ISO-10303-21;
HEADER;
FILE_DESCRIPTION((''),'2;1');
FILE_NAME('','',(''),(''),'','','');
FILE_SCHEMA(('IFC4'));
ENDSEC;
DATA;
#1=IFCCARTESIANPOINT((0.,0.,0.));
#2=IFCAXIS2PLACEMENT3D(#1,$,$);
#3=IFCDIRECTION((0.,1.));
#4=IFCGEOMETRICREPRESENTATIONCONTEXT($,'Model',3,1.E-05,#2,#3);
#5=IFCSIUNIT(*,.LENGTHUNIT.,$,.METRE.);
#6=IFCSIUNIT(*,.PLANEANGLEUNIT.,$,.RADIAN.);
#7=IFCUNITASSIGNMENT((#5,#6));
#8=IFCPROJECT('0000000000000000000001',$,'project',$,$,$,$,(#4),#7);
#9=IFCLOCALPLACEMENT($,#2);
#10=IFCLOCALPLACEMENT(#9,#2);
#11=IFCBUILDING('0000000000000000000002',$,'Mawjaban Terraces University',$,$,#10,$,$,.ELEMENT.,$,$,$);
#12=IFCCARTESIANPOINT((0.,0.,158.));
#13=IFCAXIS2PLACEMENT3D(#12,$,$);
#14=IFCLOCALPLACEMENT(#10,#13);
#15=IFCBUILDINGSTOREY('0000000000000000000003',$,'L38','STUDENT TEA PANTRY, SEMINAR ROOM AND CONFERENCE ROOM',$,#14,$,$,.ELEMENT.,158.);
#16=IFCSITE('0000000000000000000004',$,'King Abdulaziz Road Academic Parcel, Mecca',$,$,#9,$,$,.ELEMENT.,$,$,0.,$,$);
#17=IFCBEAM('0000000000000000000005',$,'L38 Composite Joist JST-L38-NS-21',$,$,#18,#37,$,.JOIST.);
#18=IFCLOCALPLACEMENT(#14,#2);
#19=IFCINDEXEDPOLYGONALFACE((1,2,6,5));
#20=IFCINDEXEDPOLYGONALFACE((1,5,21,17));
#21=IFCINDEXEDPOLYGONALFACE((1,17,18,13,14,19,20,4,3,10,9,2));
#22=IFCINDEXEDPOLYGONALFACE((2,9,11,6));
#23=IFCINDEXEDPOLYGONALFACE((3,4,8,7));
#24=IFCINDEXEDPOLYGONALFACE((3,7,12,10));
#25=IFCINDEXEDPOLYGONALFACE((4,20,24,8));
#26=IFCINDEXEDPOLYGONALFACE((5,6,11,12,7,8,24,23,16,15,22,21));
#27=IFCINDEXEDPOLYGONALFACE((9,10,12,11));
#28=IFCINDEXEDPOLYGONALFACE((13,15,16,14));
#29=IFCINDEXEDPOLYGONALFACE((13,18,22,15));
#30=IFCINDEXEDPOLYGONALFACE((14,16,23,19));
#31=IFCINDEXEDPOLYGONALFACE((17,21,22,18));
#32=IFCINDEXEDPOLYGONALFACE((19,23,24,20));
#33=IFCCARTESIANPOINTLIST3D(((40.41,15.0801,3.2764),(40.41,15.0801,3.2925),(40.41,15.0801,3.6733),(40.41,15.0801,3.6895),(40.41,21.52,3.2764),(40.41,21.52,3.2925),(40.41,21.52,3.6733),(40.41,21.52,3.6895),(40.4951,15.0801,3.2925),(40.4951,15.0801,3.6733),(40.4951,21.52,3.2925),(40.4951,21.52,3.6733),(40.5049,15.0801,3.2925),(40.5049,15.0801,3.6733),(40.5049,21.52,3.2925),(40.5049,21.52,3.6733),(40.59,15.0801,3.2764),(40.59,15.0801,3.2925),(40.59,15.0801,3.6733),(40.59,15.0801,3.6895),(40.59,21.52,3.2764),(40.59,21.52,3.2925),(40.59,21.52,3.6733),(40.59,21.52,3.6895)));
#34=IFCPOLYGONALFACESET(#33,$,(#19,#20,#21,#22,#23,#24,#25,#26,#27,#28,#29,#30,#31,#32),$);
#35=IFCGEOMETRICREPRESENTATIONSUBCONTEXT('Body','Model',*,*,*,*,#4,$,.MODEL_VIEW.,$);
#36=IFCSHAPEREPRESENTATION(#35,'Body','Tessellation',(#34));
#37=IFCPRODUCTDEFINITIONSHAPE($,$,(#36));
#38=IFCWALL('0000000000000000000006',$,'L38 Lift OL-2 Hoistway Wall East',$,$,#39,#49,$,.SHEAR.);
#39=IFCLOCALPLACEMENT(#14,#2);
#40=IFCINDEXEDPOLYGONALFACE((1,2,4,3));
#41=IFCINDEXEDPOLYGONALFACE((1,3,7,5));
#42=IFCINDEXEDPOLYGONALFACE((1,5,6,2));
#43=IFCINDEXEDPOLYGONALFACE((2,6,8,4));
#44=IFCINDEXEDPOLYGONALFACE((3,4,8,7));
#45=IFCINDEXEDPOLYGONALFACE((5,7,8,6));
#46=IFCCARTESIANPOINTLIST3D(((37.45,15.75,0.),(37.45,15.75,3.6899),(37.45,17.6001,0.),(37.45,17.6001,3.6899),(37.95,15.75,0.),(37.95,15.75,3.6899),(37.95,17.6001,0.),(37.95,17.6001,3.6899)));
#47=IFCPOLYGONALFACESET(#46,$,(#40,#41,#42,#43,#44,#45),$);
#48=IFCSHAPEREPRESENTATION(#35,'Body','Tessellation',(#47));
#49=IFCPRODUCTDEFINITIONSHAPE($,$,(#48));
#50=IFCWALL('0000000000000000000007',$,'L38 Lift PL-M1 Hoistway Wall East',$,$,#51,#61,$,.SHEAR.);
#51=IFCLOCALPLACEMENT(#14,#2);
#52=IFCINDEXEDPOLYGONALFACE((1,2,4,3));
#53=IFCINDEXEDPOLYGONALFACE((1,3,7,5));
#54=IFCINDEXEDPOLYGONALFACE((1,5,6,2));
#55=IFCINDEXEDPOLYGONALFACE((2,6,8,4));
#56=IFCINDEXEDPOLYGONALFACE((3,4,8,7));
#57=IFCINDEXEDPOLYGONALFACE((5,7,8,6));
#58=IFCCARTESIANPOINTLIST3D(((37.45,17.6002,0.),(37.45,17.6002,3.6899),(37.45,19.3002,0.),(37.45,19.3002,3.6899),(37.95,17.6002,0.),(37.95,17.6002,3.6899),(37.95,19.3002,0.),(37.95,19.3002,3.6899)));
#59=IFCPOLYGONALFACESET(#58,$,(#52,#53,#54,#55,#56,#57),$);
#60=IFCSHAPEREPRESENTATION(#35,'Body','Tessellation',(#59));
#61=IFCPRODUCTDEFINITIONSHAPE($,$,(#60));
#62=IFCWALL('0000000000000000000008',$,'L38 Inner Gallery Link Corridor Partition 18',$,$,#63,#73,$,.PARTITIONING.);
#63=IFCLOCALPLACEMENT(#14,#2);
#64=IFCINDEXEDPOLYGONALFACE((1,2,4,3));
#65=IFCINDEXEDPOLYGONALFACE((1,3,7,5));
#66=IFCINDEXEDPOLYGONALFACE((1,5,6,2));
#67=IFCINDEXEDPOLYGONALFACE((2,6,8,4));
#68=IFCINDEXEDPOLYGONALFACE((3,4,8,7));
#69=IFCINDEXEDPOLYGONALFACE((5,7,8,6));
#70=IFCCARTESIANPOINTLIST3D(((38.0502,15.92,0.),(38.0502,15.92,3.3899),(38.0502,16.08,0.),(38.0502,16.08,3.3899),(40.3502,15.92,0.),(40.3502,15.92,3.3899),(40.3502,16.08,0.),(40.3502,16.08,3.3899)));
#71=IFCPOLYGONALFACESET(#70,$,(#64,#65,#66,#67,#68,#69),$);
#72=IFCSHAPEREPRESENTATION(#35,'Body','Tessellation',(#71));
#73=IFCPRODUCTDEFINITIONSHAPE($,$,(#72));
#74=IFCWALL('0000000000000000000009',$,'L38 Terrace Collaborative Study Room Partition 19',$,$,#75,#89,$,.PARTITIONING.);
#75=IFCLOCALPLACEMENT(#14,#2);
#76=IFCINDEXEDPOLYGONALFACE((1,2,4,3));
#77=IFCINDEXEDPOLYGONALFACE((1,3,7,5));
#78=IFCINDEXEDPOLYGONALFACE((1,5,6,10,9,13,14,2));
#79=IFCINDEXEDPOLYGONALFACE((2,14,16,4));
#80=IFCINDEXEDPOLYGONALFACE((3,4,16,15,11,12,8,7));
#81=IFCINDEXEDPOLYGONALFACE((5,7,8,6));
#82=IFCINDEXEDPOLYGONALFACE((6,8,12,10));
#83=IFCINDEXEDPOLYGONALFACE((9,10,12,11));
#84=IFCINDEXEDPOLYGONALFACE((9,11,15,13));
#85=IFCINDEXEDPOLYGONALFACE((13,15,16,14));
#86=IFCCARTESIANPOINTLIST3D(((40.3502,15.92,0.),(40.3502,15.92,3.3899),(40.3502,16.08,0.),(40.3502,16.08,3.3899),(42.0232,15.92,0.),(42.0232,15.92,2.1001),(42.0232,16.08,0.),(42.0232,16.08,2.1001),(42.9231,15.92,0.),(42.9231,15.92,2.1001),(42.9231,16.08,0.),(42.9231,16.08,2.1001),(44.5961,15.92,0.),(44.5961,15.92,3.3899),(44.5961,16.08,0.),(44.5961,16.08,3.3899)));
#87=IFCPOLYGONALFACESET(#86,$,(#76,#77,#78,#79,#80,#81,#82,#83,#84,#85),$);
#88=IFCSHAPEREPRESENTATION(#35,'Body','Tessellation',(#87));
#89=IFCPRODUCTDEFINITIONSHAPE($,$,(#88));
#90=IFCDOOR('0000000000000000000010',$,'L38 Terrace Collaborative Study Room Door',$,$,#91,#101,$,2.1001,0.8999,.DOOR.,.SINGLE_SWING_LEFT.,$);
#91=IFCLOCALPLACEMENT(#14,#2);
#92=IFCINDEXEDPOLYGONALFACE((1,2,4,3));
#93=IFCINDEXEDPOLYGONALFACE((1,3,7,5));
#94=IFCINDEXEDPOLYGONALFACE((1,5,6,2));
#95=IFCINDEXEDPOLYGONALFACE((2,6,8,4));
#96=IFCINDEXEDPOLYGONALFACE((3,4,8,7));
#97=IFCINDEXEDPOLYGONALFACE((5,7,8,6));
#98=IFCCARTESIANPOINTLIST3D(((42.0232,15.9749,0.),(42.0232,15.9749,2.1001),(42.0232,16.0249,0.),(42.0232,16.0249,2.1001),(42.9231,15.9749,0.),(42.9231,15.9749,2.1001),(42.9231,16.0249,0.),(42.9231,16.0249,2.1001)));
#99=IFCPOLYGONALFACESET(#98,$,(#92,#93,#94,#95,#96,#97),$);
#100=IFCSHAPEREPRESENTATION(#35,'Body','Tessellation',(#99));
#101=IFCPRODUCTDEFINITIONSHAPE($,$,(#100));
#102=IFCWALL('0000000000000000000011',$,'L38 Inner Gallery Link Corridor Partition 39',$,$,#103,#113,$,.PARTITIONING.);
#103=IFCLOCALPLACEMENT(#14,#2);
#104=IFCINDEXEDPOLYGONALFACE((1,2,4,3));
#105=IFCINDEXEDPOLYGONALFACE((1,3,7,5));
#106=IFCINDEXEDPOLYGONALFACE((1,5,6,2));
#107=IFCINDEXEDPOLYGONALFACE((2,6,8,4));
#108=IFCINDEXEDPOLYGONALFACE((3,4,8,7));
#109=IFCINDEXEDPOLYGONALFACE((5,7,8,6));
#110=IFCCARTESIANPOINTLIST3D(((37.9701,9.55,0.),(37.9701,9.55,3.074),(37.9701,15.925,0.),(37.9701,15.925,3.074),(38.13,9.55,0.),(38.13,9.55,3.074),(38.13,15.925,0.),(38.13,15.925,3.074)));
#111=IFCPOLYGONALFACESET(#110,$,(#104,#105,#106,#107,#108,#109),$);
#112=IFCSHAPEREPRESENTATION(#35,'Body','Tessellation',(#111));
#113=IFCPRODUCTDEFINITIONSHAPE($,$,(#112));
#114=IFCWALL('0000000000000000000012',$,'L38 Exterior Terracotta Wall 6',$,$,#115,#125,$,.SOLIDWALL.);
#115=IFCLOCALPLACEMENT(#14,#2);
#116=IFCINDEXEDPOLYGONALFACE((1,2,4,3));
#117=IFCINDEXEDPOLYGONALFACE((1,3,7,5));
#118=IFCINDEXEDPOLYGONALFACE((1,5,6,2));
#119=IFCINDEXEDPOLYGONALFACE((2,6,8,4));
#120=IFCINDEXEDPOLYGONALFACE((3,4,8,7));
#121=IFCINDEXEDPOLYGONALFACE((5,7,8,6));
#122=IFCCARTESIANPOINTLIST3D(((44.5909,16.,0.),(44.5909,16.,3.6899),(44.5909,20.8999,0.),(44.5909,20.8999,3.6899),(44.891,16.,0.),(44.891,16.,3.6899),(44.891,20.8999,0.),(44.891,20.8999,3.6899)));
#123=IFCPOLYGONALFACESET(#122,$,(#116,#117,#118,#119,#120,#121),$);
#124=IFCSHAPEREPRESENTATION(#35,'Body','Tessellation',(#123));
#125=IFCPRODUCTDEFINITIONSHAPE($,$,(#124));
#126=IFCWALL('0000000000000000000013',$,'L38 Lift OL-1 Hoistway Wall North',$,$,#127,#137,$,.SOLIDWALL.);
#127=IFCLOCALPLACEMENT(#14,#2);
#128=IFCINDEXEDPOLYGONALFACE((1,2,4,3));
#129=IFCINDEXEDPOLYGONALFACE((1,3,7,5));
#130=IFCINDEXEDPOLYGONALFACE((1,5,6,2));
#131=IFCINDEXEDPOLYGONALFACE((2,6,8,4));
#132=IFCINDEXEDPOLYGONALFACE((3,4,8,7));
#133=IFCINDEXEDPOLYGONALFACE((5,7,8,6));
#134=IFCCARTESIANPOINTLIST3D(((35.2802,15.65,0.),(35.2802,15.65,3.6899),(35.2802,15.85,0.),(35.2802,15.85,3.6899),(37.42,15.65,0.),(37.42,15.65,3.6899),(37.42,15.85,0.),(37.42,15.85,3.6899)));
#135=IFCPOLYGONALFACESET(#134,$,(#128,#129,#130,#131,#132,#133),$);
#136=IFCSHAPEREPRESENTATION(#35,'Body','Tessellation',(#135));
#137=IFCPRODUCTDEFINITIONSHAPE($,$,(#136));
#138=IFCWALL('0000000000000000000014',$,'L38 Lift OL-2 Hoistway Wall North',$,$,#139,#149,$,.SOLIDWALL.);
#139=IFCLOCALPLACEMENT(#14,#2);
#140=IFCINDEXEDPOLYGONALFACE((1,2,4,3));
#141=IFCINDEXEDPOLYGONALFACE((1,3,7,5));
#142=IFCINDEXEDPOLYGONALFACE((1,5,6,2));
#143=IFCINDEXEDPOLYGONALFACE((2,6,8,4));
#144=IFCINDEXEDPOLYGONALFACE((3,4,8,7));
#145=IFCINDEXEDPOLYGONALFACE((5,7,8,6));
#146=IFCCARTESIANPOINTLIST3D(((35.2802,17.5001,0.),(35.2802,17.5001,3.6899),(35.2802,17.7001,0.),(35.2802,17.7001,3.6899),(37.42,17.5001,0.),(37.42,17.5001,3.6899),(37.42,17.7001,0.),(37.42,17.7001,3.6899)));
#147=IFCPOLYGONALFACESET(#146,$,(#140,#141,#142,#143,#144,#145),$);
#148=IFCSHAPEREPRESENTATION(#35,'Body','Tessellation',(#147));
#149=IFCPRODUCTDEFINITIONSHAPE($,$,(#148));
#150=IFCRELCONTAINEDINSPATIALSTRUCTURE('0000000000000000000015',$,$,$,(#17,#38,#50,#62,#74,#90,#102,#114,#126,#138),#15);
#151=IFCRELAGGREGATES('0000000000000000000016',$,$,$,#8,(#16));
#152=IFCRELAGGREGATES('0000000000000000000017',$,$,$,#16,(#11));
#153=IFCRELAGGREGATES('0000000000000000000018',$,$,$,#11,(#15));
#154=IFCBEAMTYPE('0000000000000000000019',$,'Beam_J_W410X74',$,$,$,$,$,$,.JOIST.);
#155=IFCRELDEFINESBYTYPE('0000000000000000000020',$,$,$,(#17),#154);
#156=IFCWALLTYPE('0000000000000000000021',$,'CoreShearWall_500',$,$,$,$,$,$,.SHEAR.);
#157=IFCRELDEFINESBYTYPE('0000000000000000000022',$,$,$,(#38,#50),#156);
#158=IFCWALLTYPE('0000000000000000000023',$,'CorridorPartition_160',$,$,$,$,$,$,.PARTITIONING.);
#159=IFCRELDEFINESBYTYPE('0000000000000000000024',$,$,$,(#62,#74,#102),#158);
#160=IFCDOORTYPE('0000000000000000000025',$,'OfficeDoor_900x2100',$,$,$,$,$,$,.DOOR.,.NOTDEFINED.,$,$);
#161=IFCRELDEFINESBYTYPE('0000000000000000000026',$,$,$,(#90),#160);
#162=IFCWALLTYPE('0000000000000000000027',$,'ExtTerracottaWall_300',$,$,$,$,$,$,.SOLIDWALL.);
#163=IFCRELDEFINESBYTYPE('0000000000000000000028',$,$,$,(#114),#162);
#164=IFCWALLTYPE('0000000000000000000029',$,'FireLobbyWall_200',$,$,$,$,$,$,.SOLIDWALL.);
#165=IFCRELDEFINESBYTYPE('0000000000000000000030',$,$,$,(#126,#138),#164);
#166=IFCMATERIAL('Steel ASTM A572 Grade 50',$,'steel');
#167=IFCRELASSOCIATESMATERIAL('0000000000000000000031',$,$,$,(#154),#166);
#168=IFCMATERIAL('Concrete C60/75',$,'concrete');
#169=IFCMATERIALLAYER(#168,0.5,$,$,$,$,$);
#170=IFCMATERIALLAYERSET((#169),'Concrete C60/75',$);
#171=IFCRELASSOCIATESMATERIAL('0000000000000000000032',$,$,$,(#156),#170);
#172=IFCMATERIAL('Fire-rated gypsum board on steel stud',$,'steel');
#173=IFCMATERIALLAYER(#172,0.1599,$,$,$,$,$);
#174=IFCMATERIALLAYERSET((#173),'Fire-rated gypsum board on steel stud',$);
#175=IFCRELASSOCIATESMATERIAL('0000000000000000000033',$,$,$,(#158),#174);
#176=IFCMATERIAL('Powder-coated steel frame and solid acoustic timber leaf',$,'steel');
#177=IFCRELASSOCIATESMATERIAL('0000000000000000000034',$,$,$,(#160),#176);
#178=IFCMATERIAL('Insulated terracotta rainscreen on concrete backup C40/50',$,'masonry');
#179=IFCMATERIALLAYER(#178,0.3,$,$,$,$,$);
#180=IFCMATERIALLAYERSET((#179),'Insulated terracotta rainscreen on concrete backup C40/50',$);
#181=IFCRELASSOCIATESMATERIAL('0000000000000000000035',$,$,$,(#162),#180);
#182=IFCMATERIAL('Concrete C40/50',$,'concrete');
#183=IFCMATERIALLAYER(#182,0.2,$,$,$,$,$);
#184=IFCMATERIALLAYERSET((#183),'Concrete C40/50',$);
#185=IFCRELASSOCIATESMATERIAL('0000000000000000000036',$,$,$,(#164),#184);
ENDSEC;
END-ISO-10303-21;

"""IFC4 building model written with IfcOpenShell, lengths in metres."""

from ifc_helpers import new_model, si_unit, direction, frame, frame_2d, origin, origin_2d, place, context, subcontext, project, spatial, rectangle, i_section, extrude, material, layer, layer_set, material_profile, profile_set, type_object, element, fill, save


model = new_model("IFC4")

# Units and contexts
model_context = context("Model", 3, precision=1e-05, world=origin(), true_north=direction((0.0, 1.0)))
body_context = subcontext(model_context, "Body", "Model", "MODEL_VIEW")
ifc_project = project(units=[si_unit("LENGTHUNIT", "METRE"), si_unit("PLANEANGLEUNIT", "RADIAN")], contexts=[model_context])

# Site, building, storey
site_placement = place(None, origin())
site = spatial("IfcSite", under=ifc_project, at=site_placement, Name="King Abdulaziz Road Academic Parcel, Mecca", CompositionType="ELEMENT", RefElevation=0.0)
building_placement = place(site_placement, origin())
building = spatial("IfcBuilding", under=site, at=building_placement, Name="Mawjaban Terraces University", CompositionType="ELEMENT")
storey_placement = place(building_placement, frame((0.0, 0.0, 158.0)))
storey = spatial("IfcBuildingStorey", under=building, at=storey_placement, Name="L38", Description="STUDENT TEA PANTRY, SEMINAR ROOM AND CONFERENCE ROOM", CompositionType="ELEMENT", Elevation=158.0)

# Shared definitions
ifc_material_1 = material(Name="Concrete C60/75", Category="concrete")

# Beam
ifc_material_2 = material(Name="Steel ASTM A572 Grade 50", Category="steel")
ifc_material_profile_1 = material_profile(ifc_material_2, i_section(OverallWidth=0.1799, OverallDepth=0.4131, WebThickness=0.0098, FlangeThickness=0.0161, at=origin_2d()), Name="W410X74")
ifc_profile_set_1 = profile_set([ifc_material_profile_1], Name="Steel ASTM A572 Grade 50")
beam_type_1 = type_object("IfcBeamType", Name="Beam_J_W410X74", PredefinedType="JOIST", material=ifc_profile_set_1)
beam_1_placement = place(storey_placement, frame((40.5, 15.0801, 3.4829), z_axis=(0.0, 1.0, 0.0), x_axis=(-1.0, 0.0, 0.0)))
element("IfcBeam", 1, at=beam_1_placement, inside=storey, type_object=beam_type_1, Name="L38 Composite Joist JST-L38-NS-21", PredefinedType="JOIST", context=body_context, shape_type="SweptSolid", body=[
    extrude(i_section(OverallWidth=0.1799, OverallDepth=0.4131, WebThickness=0.0098, FlangeThickness=0.0161, at=origin_2d()), origin(), (0.0, 0.0, 1.0), 6.4399),
])

# Walls
ifc_layer_1 = layer(ifc_material_1, 0.5)
ifc_layer_set_1 = layer_set([ifc_layer_1], Name="Concrete C60/75")
wall_type_1 = type_object("IfcWallType", Name="CoreShearWall_500", PredefinedType="SHEAR", material=ifc_layer_set_1)
wall_1_placement = place(storey_placement, frame((37.7, 15.75, 0.0), z_axis=(0.0, 0.0, 1.0), x_axis=(0.0, 1.0, 0.0)))
element("IfcWall", 2, at=wall_1_placement, inside=storey, type_object=wall_type_1, Name="L38 Lift OL-2 Hoistway Wall East", PredefinedType="SHEAR", context=body_context, shape_type="SweptSolid", body=[
    extrude(rectangle(XDim=1.8501, YDim=0.5, at=frame_2d((0.925, 0.0))), origin(), (0.0, 0.0, 1.0), 3.6899),
])
wall_2_placement = place(storey_placement, frame((37.7, 17.6001, 0.0), z_axis=(0.0, 0.0, 1.0), x_axis=(0.0, 1.0, 0.0)))
element("IfcWall", 3, at=wall_2_placement, inside=storey, type_object=wall_type_1, Name="L38 Lift PL-M1 Hoistway Wall East", PredefinedType="SHEAR", context=body_context, shape_type="SweptSolid", body=[
    extrude(rectangle(XDim=1.7, YDim=0.5, at=frame_2d((0.8501, 0.0))), origin(), (0.0, 0.0, 1.0), 3.6899),
])
ifc_material_3 = material(Name="Fire-rated gypsum board on steel stud", Category="steel")
ifc_layer_2 = layer(ifc_material_3, 0.1599)
ifc_layer_set_2 = layer_set([ifc_layer_2], Name="Fire-rated gypsum board on steel stud")
wall_type_2 = type_object("IfcWallType", Name="CorridorPartition_160", PredefinedType="PARTITIONING", material=ifc_layer_set_2)
wall_3_placement = place(storey_placement, frame((40.3501, 16.0, 0.0), z_axis=(0.0, 0.0, 1.0), x_axis=(-1.0, 0.0, 0.0)))
element("IfcWall", 4, at=wall_3_placement, inside=storey, type_object=wall_type_2, Name="L38 Inner Gallery Link Corridor Partition 18", PredefinedType="PARTITIONING", context=body_context, shape_type="SweptSolid", body=[
    extrude(rectangle(XDim=2.3, YDim=0.1599, at=frame_2d((1.1499, 0.0))), origin(), (0.0, 0.0, 1.0), 3.3899),
])

# Wall, opening, door
wall_4_placement = place(storey_placement, frame((40.3501, 16.0, 0.0), z_axis=(0.0, 0.0, 1.0), x_axis=(1.0, 0.0, 0.0)))
wall_4 = element("IfcWall", 5, at=wall_4_placement, inside=storey, type_object=wall_type_2, Name="L38 Terrace Collaborative Study Room Partition 19", PredefinedType="PARTITIONING", context=body_context, shape_type="SweptSolid", body=[
    extrude(rectangle(XDim=4.2458, YDim=0.1599, at=frame_2d((2.123, 0.0))), origin(), (0.0, 0.0, 1.0), 3.3899),
])
opening_placement = place(wall_4_placement, frame((1.6731, 0.0, 0.0)))
opening = element("IfcOpeningElement", 6, at=opening_placement, cuts=wall_4, PredefinedType="OPENING", context=body_context, shape_type="SweptSolid", body=[
    extrude(rectangle(XDim=0.8999, YDim=2.1001, at=frame_2d((0.45, 1.05))), frame((0.0, 0.0898, 0.0), z_axis=(0.0, -1.0, 0.0), x_axis=(1.0, 0.0, 0.0)), (0.0, 0.0, 1.0), 0.1799),
])
ifc_material_4 = material(Name="Powder-coated steel frame and solid acoustic timber leaf", Category="steel")
door_type = type_object("IfcDoorType", Name="OfficeDoor_900x2100", OperationType="NOTDEFINED", PredefinedType="DOOR", material=ifc_material_4)
door_placement = place(opening_placement, origin())
door = element("IfcDoor", 7, at=door_placement, inside=storey, type_object=door_type, Name="L38 Terrace Collaborative Study Room Door", OperationType="SINGLE_SWING_LEFT", OverallHeight=2.1001, OverallWidth=0.8999, PredefinedType="DOOR", context=body_context, shape_type="SweptSolid", body=[
    extrude(rectangle(XDim=0.8999, YDim=2.1001, at=frame_2d((0.45, 1.05))), frame((0.0, 0.0249, 0.0), z_axis=(0.0, -1.0, 0.0), x_axis=(1.0, 0.0, 0.0)), (0.0, 0.0, 1.0), 0.05),
])
fill(opening, door)

# Walls
wall_5_placement = place(storey_placement, frame((38.05, 15.925, 0.0), z_axis=(0.0, 0.0, 1.0), x_axis=(0.0, -1.0, 0.0)))
element("IfcWall", 8, at=wall_5_placement, inside=storey, type_object=wall_type_2, Name="L38 Inner Gallery Link Corridor Partition 39", PredefinedType="PARTITIONING", context=body_context, shape_type="SweptSolid", body=[
    extrude(rectangle(XDim=6.375, YDim=0.1599, at=frame_2d((3.1875, 0.0))), origin(), (0.0, 0.0, 1.0), 3.074),
])
ifc_material_5 = material(Name="Insulated terracotta rainscreen on concrete backup C40/50", Category="masonry")
ifc_layer_3 = layer(ifc_material_5, 0.3)
ifc_layer_set_3 = layer_set([ifc_layer_3], Name="Insulated terracotta rainscreen on concrete backup C40/50")
wall_type_3 = type_object("IfcWallType", Name="ExtTerracottaWall_300", PredefinedType="SOLIDWALL", material=ifc_layer_set_3)
wall_6_placement = place(storey_placement, frame((44.741, 16.0, 0.0), z_axis=(0.0, 0.0, 1.0), x_axis=(0.0, 1.0, 0.0)))
element("IfcWall", 9, at=wall_6_placement, inside=storey, type_object=wall_type_3, Name="L38 Exterior Terracotta Wall 6", PredefinedType="SOLIDWALL", context=body_context, shape_type="SweptSolid", body=[
    extrude(rectangle(XDim=4.8999, YDim=0.3, at=frame_2d((2.45, 0.0))), origin(), (0.0, 0.0, 1.0), 3.6899),
])
ifc_material_6 = material(Name="Concrete C40/50", Category="concrete")
ifc_layer_4 = layer(ifc_material_6, 0.2)
ifc_layer_set_4 = layer_set([ifc_layer_4], Name="Concrete C40/50")
wall_type_4 = type_object("IfcWallType", Name="FireLobbyWall_200", PredefinedType="SOLIDWALL", material=ifc_layer_set_4)
for number, where, z_axis, x_axis, name in (
    (10, (37.4199, 15.75, 0.0), (0.0, 0.0, 1.0), (-1.0, 0.0, 0.0), "L38 Lift OL-1 Hoistway Wall North"),
    (11, (37.4199, 17.6001, 0.0), (0.0, 0.0, 1.0), (-1.0, 0.0, 0.0), "L38 Lift OL-2 Hoistway Wall North"),
):
    element("IfcWall", number, at=place(storey_placement, frame(where, z_axis=z_axis, x_axis=x_axis)), inside=storey, type_object=wall_type_4, Name=name, PredefinedType="SOLIDWALL", context=body_context, shape_type="SweptSolid", body=[
        extrude(rectangle(XDim=2.1399, YDim=0.2, at=frame_2d((1.0698, 0.0))), origin(), (0.0, 0.0, 1.0), 3.6899),
    ])

save(model, "model.ifc")
